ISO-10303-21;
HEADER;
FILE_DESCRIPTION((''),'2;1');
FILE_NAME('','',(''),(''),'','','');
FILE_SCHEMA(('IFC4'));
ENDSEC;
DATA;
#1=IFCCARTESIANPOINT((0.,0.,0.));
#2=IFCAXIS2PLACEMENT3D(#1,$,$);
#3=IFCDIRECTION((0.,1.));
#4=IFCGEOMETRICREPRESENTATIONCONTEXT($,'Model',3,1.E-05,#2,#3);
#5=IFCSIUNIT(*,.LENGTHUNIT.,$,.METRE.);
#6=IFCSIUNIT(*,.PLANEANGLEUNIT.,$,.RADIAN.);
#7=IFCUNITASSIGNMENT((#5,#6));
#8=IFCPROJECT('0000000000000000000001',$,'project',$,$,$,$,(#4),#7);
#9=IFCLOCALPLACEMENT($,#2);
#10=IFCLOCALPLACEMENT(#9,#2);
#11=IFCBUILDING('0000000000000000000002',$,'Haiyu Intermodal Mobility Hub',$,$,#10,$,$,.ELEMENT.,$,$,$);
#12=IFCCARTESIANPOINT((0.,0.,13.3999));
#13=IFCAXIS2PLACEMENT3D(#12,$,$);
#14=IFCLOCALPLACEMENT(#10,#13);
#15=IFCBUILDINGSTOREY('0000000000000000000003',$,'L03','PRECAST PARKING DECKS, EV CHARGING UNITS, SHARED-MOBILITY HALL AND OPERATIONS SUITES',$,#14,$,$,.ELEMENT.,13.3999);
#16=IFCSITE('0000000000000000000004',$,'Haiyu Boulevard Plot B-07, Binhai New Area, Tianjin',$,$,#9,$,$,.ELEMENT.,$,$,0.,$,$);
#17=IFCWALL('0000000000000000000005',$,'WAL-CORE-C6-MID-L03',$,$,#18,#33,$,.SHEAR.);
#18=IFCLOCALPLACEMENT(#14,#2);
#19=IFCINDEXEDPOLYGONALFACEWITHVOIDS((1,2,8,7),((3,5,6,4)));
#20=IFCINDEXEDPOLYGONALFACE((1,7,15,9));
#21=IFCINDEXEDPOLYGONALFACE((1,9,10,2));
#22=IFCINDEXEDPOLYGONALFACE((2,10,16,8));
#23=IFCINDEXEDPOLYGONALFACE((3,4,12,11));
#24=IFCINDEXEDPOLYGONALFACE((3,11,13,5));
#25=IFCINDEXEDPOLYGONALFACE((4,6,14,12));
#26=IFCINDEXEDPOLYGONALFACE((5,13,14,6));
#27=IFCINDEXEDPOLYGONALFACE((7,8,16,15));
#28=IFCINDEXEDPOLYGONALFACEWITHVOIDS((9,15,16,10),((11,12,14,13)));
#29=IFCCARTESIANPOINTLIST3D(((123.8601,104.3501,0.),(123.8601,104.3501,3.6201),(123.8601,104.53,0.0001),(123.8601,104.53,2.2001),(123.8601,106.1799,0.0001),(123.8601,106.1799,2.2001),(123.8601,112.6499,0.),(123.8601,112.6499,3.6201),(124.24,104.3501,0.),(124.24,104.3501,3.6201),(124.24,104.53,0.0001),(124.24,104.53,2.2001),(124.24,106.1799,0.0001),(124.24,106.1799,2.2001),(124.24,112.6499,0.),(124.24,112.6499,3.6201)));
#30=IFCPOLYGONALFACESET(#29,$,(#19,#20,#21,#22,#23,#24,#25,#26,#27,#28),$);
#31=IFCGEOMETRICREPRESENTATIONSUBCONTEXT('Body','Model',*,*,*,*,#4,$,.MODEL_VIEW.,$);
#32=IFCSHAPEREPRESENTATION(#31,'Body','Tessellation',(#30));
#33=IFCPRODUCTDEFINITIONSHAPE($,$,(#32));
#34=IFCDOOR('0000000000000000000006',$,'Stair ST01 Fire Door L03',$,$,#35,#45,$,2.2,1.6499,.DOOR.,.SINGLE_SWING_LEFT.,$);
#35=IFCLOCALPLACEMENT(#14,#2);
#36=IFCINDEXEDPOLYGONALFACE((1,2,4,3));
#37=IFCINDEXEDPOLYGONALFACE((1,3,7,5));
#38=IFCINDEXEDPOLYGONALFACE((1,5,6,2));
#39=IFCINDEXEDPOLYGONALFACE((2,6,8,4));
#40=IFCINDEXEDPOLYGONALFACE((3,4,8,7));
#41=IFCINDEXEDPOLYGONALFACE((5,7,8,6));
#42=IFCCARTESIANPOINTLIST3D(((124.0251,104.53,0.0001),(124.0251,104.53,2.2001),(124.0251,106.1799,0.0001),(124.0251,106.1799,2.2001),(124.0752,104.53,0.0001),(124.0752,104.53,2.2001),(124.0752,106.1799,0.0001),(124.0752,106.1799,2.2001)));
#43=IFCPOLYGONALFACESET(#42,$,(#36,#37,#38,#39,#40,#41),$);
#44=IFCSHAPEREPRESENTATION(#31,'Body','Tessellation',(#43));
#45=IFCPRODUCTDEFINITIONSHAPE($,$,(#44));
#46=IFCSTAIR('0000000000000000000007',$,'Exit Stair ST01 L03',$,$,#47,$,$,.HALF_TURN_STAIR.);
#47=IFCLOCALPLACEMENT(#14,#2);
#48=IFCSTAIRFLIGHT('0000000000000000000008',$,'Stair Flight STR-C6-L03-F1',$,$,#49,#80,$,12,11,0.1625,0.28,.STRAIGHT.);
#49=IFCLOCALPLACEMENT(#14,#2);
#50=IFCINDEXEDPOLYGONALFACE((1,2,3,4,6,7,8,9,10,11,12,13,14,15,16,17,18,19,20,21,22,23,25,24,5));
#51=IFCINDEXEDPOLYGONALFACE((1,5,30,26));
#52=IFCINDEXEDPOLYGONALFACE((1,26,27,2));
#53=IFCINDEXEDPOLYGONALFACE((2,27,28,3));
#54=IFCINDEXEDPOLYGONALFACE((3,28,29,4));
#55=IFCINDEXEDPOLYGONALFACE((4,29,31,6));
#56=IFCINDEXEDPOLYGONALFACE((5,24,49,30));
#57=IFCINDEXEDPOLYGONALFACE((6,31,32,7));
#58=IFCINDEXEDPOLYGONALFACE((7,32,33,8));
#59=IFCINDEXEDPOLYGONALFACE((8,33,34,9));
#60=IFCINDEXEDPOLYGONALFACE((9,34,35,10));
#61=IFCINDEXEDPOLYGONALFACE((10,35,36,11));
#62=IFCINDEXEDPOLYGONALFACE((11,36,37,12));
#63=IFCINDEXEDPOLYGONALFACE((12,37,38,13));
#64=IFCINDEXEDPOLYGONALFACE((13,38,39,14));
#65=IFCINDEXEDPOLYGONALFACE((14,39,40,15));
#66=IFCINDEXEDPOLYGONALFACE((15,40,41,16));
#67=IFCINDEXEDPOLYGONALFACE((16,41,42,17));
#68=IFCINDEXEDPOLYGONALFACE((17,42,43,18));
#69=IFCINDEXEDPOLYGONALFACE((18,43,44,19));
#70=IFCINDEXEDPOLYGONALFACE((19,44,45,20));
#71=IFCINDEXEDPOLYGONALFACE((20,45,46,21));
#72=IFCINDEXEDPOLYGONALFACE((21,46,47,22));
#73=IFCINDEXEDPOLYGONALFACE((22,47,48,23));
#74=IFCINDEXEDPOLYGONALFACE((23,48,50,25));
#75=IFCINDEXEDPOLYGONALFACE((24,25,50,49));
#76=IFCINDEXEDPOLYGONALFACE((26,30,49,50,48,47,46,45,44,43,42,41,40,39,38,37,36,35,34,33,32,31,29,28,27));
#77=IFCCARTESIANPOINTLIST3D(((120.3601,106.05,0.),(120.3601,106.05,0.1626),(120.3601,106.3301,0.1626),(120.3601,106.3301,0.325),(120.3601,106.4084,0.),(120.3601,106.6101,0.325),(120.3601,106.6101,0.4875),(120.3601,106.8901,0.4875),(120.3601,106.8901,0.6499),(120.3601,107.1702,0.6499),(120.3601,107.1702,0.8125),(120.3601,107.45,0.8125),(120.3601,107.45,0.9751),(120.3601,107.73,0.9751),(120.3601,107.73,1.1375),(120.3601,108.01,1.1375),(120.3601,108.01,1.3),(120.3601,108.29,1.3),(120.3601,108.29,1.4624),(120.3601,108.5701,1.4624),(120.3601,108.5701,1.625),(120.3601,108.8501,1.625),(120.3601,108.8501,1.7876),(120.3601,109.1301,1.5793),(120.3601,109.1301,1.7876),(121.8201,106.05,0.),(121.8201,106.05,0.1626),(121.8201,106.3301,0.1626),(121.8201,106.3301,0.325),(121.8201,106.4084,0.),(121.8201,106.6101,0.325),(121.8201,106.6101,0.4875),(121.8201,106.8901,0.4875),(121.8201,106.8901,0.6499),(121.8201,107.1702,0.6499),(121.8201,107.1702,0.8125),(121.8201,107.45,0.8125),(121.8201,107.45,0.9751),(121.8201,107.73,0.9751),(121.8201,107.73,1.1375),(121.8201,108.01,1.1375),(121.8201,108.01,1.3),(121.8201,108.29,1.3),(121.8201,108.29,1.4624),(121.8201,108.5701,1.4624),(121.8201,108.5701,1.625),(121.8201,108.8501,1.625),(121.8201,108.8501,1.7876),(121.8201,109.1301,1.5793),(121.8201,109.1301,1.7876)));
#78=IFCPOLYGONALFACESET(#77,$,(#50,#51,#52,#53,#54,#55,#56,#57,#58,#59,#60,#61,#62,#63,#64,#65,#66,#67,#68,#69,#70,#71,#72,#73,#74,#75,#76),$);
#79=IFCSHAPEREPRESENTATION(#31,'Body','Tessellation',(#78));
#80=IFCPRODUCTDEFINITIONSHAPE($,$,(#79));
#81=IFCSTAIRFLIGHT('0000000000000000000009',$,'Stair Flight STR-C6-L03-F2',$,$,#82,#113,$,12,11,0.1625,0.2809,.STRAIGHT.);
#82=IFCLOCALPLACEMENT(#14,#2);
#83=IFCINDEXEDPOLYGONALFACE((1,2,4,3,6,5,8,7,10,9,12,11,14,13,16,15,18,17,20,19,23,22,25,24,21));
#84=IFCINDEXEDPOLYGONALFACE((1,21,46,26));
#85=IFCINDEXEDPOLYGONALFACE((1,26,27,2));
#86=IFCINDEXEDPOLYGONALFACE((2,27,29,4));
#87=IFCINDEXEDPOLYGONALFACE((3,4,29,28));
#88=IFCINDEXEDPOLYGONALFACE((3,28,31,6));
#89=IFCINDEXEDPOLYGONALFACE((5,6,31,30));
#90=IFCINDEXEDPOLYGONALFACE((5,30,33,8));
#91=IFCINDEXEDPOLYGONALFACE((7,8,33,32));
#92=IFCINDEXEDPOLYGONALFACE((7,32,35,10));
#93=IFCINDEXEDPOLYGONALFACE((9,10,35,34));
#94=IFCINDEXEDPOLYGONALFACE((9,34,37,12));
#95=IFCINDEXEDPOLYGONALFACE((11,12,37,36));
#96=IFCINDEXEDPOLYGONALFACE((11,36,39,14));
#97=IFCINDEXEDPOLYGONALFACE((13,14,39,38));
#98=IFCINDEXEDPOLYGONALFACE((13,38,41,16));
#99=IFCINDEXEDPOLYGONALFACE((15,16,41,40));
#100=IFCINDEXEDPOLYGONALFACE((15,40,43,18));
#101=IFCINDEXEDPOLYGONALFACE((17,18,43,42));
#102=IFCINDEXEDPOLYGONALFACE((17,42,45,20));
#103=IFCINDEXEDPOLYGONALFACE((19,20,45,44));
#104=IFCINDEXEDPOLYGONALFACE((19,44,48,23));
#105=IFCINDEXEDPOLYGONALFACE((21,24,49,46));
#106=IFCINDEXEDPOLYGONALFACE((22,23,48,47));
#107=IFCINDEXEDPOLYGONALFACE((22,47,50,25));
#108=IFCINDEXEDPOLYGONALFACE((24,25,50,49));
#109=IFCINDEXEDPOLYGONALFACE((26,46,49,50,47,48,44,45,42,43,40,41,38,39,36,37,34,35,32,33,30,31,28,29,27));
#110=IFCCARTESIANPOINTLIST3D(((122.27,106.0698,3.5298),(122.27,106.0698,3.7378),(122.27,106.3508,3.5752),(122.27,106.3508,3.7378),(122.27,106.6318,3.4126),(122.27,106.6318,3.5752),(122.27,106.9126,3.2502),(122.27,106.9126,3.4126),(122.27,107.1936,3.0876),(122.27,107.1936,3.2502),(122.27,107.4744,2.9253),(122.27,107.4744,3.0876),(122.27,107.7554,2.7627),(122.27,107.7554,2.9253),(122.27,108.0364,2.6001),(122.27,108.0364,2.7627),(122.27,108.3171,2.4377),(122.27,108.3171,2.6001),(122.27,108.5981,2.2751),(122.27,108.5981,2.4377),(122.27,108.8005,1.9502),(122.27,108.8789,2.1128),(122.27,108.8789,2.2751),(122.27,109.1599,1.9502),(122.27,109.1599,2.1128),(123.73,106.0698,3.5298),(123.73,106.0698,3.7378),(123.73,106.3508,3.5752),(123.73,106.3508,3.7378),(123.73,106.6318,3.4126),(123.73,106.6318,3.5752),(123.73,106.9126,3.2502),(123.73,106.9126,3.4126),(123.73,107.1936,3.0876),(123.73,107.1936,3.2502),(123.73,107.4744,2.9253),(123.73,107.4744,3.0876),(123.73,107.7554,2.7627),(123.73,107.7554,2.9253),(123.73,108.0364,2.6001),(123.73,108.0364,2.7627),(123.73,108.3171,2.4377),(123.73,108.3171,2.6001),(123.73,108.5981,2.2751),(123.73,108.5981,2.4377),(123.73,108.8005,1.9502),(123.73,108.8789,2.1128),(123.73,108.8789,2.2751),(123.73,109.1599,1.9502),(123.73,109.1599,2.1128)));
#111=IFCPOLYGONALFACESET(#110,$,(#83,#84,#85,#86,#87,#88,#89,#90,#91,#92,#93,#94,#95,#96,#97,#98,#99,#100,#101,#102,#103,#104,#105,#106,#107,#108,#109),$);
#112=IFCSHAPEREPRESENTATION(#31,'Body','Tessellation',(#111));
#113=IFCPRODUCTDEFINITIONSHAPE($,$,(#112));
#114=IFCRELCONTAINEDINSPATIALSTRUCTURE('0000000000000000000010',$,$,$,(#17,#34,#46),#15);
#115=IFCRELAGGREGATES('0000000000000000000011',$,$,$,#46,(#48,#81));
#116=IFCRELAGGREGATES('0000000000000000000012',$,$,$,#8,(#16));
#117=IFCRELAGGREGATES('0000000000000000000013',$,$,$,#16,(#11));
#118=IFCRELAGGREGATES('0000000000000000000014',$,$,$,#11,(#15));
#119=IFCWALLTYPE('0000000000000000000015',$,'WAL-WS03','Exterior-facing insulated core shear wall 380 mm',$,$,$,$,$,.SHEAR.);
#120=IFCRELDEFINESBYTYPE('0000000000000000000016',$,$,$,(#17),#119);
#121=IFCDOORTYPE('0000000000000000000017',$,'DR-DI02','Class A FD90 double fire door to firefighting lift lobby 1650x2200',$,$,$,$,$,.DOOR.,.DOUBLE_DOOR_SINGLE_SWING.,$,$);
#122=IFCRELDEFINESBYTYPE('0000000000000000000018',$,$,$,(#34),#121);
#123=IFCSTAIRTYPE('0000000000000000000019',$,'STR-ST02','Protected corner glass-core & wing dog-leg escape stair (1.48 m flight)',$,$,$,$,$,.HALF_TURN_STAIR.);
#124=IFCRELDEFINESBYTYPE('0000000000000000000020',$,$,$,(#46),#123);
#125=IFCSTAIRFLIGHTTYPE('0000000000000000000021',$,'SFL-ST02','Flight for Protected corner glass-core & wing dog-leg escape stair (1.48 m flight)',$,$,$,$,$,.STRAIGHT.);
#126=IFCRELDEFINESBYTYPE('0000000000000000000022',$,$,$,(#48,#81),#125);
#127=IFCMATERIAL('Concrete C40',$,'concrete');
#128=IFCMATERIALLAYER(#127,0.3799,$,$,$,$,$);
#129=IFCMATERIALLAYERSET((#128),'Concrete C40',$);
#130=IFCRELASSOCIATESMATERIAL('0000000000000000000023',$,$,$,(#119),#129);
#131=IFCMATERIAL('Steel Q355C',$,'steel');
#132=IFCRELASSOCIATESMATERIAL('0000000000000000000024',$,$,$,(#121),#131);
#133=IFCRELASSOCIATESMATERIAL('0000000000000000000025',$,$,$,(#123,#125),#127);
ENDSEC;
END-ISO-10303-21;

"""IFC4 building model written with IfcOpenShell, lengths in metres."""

from ifc_helpers import new_model, si_unit, direction, frame, frame_2d, origin, place, context, subcontext, project, spatial, polyline, rectangle, outline, extrude, material, layer, layer_set, type_object, element, fill, aggregate, save


model = new_model("IFC4")

# Units and contexts
model_context = context("Model", 3, precision=1e-05, world=origin(), true_north=direction((0.0, 1.0)))
body_context = subcontext(model_context, "Body", "Model", "MODEL_VIEW")
ifc_project = project(units=[si_unit("LENGTHUNIT", "METRE"), si_unit("PLANEANGLEUNIT", "RADIAN")], contexts=[model_context])

# Site, building, storey
site_placement = place(None, origin())
site = spatial("IfcSite", under=ifc_project, at=site_placement, Name="Haiyu Boulevard Plot B-07, Binhai New Area, Tianjin", CompositionType="ELEMENT", RefElevation=0.0)
building_placement = place(site_placement, origin())
building = spatial("IfcBuilding", under=site, at=building_placement, Name="Haiyu Intermodal Mobility Hub", CompositionType="ELEMENT")
storey_placement = place(building_placement, frame((0.0, 0.0, 13.3999)))
storey = spatial("IfcBuildingStorey", under=building, at=storey_placement, Name="L03", Description="PRECAST PARKING DECKS, EV CHARGING UNITS, SHARED-MOBILITY HALL AND OPERATIONS SUITES", CompositionType="ELEMENT", Elevation=13.3999)

# Shared definitions
ifc_material_1 = material(Name="Concrete C40", Category="concrete")
ifc_material_2 = material(Name="Steel Q355C", Category="steel")

# Wall, opening, door
ifc_layer_1 = layer(ifc_material_1, 0.3799)
ifc_layer_set_1 = layer_set([ifc_layer_1], Name="Concrete C40")
wall_type_1 = type_object("IfcWallType", Name="WAL-WS03", Description="Exterior-facing insulated core shear wall 380 mm", PredefinedType="SHEAR", material=ifc_layer_set_1)
wall_1_placement = place(storey_placement, frame((124.05, 104.3501, 0.0), z_axis=(0.0, 0.0, 1.0), x_axis=(0.0, 1.0, 0.0)))
wall_1 = element("IfcWall", 1, at=wall_1_placement, inside=storey, type_object=wall_type_1, Name="WAL-CORE-C6-MID-L03", PredefinedType="SHEAR", context=body_context, shape_type="SweptSolid", body=[
    extrude(rectangle(XDim=8.2998, YDim=0.3799, at=frame_2d((4.1499, 0.0))), origin(), (0.0, 0.0, 1.0), 3.6201),
])
opening_1_placement = place(wall_1_placement, frame((0.1799, 0.0, 0.0)))
opening_1 = element("IfcOpeningElement", 2, at=opening_1_placement, cuts=wall_1, PredefinedType="OPENING", context=body_context, shape_type="SweptSolid", body=[
    extrude(rectangle(XDim=1.6499, YDim=2.2, at=frame_2d((0.825, 1.1001))), frame((0.0, 0.2, 0.0), z_axis=(0.0, -1.0, 0.0), x_axis=(1.0, 0.0, 0.0)), (0.0, 0.0, 1.0), 0.3999),
])
door_type_1 = type_object("IfcDoorType", Name="DR-DI02", Description="Class A FD90 double fire door to firefighting lift lobby 1650x2200", OperationType="DOUBLE_DOOR_SINGLE_SWING", PredefinedType="DOOR", material=ifc_material_2)
door_1_placement = place(opening_1_placement, origin())
door_1 = element("IfcDoor", 3, at=door_1_placement, inside=storey, type_object=door_type_1, Name="Stair ST01 Fire Door L03", OperationType="SINGLE_SWING_LEFT", OverallHeight=2.2, OverallWidth=1.6499, PredefinedType="DOOR", context=body_context, shape_type="SweptSolid", body=[
    extrude(rectangle(XDim=1.6499, YDim=2.2, at=frame_2d((0.825, 1.1001))), frame((0.0, 0.0249, 0.0), z_axis=(0.0, -1.0, 0.0), x_axis=(1.0, 0.0, 0.0)), (0.0, 0.0, 1.0), 0.05),
])
fill(opening_1, door_1)

# Stair, stair flights
stair_type = type_object("IfcStairType", Name="STR-ST02", Description="Protected corner glass-core & wing dog-leg escape stair (1.48 m flight)", PredefinedType="HALF_TURN_STAIR", material=ifc_material_1)
stair_placement = place(storey_placement, origin())
stair = element("IfcStair", 4, at=stair_placement, inside=storey, type_object=stair_type, Name="Exit Stair ST01 L03", PredefinedType="HALF_TURN_STAIR")
stair_flight_type = type_object("IfcStairFlightType", Name="SFL-ST02", Description="Flight for Protected corner glass-core & wing dog-leg escape stair (1.48 m flight)", PredefinedType="STRAIGHT", material=ifc_material_1)
stair_flight_1_placement = place(storey_placement, frame((121.0901, 106.05, 0.0), z_axis=(0.0, 0.0, 1.0), x_axis=(0.0, 1.0, 0.0)))
stair_flight_1 = element("IfcStairFlight", 5, at=stair_flight_1_placement, type_object=stair_flight_type, Name="Stair Flight STR-C6-L03-F1", NumberOfRisers=12, NumberOfTreads=11, PredefinedType="STRAIGHT", RiserHeight=0.1625, TreadLength=0.28, context=body_context, shape_type="SweptSolid", body=[
    extrude(outline(polyline([(0.0, 0.0), (0.0, 0.1626), (0.28, 0.1626), (0.28, 0.325), (0.5601, 0.325), (0.5601, 0.4875), (0.8401, 0.4875), (0.8401, 0.6499), (1.1201, 0.6499), (1.1201, 0.8125), (1.3999, 0.8125), (1.3999, 0.9751), (1.6799, 0.9751), (1.6799, 1.1375), (1.96, 1.1375), (1.96, 1.3), (2.24, 1.3), (2.24, 1.4624), (2.52, 1.4624), (2.52, 1.625), (2.8, 1.625), (2.8, 1.7876), (3.0801, 1.7876), (3.0801, 1.95), (3.0801, 1.5793), (0.3584, 0.0), (0.0, 0.0)])), frame((0.0, 0.73, 0.0), z_axis=(0.0, -1.0, 0.0), x_axis=(1.0, 0.0, 0.0)), (0.0, 0.0, 1.0), 1.46),
])
stair_flight_2_placement = place(storey_placement, frame((123.0, 109.1599, 1.9502), z_axis=(0.0, 0.0, 1.0), x_axis=(0.0, -1.0, 0.0)))
stair_flight_2 = element("IfcStairFlight", 6, at=stair_flight_2_placement, type_object=stair_flight_type, Name="Stair Flight STR-C6-L03-F2", NumberOfRisers=12, NumberOfTreads=11, PredefinedType="STRAIGHT", RiserHeight=0.1625, TreadLength=0.2809, context=body_context, shape_type="SweptSolid", body=[
    extrude(outline(polyline([(0.0, 0.0), (0.0, 0.1626), (0.281, 0.1626), (0.281, 0.325), (0.5618, 0.325), (0.5618, 0.4875), (0.8428, 0.4875), (0.8428, 0.6499), (1.1235, 0.6499), (1.1235, 0.8125), (1.4045, 0.8125), (1.4045, 0.9751), (1.6855, 0.9751), (1.6855, 1.1375), (1.9663, 1.1375), (1.9663, 1.3), (2.2473, 1.3), (2.2473, 1.4624), (2.5281, 1.4624), (2.5281, 1.625), (2.8091, 1.625), (2.8091, 1.7876), (3.0901, 1.7876), (3.0901, 1.95), (3.0901, 1.5796), (0.3594, 0.0), (0.0, 0.0)])), frame((0.0, 0.73, 0.0), z_axis=(0.0, -1.0, 0.0), x_axis=(1.0, 0.0, 0.0)), (0.0, 0.0, 1.0), 1.46),
])
aggregate(stair, [stair_flight_1, stair_flight_2])

save(model, "model.ifc")
